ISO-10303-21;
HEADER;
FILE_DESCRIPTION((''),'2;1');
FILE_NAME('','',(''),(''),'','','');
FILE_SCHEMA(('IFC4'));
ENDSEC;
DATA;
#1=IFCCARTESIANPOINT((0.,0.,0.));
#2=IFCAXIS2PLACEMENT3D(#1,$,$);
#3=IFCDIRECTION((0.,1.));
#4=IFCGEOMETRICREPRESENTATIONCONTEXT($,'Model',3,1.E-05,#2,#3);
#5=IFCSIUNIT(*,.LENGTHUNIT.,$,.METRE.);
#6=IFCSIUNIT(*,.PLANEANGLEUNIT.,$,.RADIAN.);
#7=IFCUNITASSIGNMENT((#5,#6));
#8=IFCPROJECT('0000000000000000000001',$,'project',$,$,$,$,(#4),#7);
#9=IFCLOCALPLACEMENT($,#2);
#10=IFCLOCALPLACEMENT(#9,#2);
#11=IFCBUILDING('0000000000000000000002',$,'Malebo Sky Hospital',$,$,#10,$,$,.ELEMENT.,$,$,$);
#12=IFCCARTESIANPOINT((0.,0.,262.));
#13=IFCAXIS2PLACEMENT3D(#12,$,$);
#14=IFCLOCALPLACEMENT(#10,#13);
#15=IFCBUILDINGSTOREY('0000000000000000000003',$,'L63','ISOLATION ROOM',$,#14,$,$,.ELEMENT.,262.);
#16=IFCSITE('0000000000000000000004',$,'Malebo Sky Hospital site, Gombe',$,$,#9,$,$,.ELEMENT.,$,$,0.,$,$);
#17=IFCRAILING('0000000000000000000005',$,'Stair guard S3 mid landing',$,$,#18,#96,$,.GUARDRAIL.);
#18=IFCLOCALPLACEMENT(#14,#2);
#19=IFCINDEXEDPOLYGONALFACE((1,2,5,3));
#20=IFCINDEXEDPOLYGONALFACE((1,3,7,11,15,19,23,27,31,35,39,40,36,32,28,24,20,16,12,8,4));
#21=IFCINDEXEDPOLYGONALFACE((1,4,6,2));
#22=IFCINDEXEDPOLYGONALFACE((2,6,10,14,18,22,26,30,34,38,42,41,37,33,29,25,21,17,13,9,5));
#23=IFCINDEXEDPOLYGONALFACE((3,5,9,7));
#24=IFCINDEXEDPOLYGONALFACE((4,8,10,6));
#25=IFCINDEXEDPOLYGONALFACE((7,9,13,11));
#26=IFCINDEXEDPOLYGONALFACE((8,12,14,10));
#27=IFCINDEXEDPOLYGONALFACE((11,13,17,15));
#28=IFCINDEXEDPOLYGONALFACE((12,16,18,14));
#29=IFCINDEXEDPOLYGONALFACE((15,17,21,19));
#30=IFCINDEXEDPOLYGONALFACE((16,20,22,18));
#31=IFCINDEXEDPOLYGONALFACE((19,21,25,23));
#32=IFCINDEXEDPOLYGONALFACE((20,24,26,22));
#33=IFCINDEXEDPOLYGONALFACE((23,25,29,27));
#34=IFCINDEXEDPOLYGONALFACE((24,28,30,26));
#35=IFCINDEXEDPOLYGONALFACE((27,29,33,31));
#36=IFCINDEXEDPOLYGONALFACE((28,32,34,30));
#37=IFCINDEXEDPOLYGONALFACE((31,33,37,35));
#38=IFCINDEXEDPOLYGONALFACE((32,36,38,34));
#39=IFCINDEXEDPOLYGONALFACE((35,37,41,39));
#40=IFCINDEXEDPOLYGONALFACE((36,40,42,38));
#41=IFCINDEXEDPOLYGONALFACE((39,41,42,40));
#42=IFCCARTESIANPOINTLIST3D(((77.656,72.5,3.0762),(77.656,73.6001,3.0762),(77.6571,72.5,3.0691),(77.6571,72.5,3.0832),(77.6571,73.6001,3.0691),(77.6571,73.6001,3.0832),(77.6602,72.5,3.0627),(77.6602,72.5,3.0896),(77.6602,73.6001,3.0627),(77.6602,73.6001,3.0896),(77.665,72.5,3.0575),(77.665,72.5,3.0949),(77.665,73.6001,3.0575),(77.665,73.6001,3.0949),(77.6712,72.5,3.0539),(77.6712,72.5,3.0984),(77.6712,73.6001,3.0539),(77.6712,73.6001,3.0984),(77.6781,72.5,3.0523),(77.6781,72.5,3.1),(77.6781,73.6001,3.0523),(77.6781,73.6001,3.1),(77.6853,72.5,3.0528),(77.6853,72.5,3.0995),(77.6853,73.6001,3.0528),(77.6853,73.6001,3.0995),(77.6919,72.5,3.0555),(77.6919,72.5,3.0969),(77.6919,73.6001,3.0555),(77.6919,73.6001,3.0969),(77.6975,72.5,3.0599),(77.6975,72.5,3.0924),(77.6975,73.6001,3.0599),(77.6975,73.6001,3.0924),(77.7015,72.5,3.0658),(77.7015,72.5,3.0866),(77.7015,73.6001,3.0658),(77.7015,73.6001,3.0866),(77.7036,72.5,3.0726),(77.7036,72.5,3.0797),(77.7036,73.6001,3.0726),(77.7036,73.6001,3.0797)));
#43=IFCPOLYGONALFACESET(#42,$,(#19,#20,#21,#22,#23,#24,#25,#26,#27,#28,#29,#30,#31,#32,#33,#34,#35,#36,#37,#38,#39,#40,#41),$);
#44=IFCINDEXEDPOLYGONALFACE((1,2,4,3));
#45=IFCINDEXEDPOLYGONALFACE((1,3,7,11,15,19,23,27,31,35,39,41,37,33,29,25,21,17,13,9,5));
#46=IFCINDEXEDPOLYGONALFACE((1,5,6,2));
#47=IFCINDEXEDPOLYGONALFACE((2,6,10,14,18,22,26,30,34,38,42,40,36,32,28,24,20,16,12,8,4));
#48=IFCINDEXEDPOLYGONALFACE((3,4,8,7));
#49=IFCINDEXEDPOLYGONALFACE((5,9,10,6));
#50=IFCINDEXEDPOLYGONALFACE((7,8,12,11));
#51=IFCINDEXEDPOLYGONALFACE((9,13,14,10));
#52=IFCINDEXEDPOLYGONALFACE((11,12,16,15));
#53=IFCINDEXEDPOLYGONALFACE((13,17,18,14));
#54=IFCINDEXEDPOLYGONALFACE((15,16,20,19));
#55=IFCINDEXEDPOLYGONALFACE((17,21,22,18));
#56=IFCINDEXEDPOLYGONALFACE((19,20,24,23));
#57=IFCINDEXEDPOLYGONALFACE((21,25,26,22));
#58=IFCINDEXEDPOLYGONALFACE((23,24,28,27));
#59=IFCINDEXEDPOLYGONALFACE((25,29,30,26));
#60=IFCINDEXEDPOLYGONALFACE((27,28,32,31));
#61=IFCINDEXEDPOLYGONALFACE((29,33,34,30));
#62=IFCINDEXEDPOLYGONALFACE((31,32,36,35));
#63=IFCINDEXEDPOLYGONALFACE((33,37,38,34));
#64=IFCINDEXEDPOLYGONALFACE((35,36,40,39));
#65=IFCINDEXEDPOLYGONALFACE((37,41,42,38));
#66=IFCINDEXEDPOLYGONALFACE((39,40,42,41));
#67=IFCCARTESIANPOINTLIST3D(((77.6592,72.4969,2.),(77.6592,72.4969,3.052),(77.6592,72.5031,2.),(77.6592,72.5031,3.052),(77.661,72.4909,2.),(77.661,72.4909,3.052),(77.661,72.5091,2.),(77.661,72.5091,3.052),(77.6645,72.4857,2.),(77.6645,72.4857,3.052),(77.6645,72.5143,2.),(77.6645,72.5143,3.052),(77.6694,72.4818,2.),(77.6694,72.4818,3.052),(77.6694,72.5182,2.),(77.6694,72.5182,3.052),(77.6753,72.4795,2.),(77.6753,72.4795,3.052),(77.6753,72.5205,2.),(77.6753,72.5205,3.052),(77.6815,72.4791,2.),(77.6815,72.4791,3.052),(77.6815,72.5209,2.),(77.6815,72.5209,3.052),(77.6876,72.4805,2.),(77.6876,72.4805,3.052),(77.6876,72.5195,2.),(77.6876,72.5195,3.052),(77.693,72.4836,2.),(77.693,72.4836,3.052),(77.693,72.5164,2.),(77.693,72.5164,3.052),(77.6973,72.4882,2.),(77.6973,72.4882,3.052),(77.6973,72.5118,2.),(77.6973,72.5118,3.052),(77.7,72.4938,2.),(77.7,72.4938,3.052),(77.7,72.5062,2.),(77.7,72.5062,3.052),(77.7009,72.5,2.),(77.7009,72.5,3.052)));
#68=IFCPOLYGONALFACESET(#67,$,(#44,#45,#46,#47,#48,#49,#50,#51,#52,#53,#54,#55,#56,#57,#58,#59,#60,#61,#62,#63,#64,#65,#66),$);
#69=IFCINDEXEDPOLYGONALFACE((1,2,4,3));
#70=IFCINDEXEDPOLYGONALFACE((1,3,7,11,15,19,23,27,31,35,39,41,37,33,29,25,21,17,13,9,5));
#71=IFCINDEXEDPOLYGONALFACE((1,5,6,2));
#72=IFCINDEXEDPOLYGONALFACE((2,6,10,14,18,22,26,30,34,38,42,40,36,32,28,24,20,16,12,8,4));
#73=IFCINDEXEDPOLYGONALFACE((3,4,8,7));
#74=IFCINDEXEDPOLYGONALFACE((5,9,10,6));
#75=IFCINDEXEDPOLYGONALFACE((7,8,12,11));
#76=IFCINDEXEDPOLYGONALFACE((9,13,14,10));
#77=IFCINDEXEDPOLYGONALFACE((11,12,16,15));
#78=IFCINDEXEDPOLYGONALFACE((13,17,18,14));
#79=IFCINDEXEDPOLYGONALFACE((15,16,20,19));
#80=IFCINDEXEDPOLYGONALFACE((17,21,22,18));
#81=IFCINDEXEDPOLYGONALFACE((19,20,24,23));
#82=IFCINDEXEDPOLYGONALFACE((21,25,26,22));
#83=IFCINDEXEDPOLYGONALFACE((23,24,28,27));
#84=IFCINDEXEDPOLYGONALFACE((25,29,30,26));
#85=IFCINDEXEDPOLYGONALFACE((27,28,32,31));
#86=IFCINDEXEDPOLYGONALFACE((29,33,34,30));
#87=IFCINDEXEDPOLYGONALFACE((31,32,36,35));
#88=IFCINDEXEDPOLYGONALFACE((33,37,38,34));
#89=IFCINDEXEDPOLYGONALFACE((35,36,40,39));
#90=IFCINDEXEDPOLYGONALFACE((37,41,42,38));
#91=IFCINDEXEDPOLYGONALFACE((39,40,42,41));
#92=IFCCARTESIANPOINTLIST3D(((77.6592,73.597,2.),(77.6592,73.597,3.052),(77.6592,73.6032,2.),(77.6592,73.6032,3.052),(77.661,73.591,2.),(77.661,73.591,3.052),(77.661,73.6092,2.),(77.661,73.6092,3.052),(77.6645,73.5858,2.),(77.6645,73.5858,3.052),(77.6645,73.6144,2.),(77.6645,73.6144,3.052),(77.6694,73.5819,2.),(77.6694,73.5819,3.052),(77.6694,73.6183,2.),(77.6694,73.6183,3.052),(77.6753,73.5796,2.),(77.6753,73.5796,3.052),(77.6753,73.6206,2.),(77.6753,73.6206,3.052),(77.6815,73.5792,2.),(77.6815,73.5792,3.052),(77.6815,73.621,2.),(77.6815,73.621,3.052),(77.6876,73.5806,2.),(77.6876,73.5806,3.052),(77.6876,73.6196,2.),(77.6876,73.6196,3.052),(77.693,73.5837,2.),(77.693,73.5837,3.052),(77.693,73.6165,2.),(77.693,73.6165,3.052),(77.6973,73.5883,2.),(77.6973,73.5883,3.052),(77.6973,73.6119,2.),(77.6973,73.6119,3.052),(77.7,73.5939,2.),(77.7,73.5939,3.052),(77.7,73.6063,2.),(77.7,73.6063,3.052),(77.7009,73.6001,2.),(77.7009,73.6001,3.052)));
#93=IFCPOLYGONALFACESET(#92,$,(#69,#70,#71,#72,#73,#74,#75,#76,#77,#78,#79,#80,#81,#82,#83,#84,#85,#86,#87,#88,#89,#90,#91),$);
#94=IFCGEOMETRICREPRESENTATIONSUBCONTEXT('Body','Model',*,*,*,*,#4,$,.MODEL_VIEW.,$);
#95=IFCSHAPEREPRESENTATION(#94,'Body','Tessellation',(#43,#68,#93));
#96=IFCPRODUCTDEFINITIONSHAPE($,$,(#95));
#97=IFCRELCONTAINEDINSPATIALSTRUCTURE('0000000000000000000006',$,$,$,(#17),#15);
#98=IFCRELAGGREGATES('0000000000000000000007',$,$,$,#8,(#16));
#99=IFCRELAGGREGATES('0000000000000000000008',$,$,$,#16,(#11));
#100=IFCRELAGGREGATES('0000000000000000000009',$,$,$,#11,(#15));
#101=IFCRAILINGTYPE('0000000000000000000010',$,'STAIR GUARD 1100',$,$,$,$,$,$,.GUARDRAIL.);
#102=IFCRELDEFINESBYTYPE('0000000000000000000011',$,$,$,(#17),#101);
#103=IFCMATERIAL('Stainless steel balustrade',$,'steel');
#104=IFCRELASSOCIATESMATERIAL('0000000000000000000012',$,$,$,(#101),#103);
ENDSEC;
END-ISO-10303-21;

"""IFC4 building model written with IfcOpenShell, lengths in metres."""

from ifc_helpers import new_model, si_unit, direction, frame, origin, origin_2d, place, context, subcontext, project, spatial, circle, extrude, material, type_object, element, save


model = new_model("IFC4")

# Units and contexts
model_context = context("Model", 3, precision=1e-05, world=origin(), true_north=direction((0.0, 1.0)))
body_context = subcontext(model_context, "Body", "Model", "MODEL_VIEW")
ifc_project = project(units=[si_unit("LENGTHUNIT", "METRE"), si_unit("PLANEANGLEUNIT", "RADIAN")], contexts=[model_context])

# Site, building, storey
site_placement = place(None, origin())
site = spatial("IfcSite", under=ifc_project, at=site_placement, Name="Malebo Sky Hospital site, Gombe", CompositionType="ELEMENT", RefElevation=0.0)
building_placement = place(site_placement, origin())
building = spatial("IfcBuilding", under=site, at=building_placement, Name="Malebo Sky Hospital", CompositionType="ELEMENT")
storey_placement = place(building_placement, frame((0.0, 0.0, 262.0)))
storey = spatial("IfcBuildingStorey", under=building, at=storey_placement, Name="L63", Description="ISOLATION ROOM", CompositionType="ELEMENT", Elevation=262.0)

# Railing
ifc_material_1 = material(Name="Stainless steel balustrade", Category="steel")
railing_type_1 = type_object("IfcRailingType", Name="STAIR GUARD 1100", PredefinedType="GUARDRAIL", material=ifc_material_1)
railing_1_placement = place(storey_placement, frame((77.6799, 72.5, 2.0)))
element("IfcRailing", 1, at=railing_1_placement, inside=storey, type_object=railing_type_1, Name="Stair guard S3 mid landing", PredefinedType="GUARDRAIL", context=body_context, shape_type="SweptSolid", body=[
    extrude(circle(Radius=0.0239, at=origin_2d()), frame((0.0, 0.0, 1.0762), z_axis=(0.0, 1.0, 0.0), x_axis=(-1.0, 0.0, 0.0)), (0.0, 0.0, 1.0), 1.1001),
    extrude(circle(Radius=0.021, at=origin_2d()), origin(), (0.0, 0.0, 1.0), 1.052),
    extrude(circle(Radius=0.021, at=origin_2d()), frame((0.0, 1.1001, 0.0)), (0.0, 0.0, 1.0), 1.052),
])

save(model, "model.ifc")
